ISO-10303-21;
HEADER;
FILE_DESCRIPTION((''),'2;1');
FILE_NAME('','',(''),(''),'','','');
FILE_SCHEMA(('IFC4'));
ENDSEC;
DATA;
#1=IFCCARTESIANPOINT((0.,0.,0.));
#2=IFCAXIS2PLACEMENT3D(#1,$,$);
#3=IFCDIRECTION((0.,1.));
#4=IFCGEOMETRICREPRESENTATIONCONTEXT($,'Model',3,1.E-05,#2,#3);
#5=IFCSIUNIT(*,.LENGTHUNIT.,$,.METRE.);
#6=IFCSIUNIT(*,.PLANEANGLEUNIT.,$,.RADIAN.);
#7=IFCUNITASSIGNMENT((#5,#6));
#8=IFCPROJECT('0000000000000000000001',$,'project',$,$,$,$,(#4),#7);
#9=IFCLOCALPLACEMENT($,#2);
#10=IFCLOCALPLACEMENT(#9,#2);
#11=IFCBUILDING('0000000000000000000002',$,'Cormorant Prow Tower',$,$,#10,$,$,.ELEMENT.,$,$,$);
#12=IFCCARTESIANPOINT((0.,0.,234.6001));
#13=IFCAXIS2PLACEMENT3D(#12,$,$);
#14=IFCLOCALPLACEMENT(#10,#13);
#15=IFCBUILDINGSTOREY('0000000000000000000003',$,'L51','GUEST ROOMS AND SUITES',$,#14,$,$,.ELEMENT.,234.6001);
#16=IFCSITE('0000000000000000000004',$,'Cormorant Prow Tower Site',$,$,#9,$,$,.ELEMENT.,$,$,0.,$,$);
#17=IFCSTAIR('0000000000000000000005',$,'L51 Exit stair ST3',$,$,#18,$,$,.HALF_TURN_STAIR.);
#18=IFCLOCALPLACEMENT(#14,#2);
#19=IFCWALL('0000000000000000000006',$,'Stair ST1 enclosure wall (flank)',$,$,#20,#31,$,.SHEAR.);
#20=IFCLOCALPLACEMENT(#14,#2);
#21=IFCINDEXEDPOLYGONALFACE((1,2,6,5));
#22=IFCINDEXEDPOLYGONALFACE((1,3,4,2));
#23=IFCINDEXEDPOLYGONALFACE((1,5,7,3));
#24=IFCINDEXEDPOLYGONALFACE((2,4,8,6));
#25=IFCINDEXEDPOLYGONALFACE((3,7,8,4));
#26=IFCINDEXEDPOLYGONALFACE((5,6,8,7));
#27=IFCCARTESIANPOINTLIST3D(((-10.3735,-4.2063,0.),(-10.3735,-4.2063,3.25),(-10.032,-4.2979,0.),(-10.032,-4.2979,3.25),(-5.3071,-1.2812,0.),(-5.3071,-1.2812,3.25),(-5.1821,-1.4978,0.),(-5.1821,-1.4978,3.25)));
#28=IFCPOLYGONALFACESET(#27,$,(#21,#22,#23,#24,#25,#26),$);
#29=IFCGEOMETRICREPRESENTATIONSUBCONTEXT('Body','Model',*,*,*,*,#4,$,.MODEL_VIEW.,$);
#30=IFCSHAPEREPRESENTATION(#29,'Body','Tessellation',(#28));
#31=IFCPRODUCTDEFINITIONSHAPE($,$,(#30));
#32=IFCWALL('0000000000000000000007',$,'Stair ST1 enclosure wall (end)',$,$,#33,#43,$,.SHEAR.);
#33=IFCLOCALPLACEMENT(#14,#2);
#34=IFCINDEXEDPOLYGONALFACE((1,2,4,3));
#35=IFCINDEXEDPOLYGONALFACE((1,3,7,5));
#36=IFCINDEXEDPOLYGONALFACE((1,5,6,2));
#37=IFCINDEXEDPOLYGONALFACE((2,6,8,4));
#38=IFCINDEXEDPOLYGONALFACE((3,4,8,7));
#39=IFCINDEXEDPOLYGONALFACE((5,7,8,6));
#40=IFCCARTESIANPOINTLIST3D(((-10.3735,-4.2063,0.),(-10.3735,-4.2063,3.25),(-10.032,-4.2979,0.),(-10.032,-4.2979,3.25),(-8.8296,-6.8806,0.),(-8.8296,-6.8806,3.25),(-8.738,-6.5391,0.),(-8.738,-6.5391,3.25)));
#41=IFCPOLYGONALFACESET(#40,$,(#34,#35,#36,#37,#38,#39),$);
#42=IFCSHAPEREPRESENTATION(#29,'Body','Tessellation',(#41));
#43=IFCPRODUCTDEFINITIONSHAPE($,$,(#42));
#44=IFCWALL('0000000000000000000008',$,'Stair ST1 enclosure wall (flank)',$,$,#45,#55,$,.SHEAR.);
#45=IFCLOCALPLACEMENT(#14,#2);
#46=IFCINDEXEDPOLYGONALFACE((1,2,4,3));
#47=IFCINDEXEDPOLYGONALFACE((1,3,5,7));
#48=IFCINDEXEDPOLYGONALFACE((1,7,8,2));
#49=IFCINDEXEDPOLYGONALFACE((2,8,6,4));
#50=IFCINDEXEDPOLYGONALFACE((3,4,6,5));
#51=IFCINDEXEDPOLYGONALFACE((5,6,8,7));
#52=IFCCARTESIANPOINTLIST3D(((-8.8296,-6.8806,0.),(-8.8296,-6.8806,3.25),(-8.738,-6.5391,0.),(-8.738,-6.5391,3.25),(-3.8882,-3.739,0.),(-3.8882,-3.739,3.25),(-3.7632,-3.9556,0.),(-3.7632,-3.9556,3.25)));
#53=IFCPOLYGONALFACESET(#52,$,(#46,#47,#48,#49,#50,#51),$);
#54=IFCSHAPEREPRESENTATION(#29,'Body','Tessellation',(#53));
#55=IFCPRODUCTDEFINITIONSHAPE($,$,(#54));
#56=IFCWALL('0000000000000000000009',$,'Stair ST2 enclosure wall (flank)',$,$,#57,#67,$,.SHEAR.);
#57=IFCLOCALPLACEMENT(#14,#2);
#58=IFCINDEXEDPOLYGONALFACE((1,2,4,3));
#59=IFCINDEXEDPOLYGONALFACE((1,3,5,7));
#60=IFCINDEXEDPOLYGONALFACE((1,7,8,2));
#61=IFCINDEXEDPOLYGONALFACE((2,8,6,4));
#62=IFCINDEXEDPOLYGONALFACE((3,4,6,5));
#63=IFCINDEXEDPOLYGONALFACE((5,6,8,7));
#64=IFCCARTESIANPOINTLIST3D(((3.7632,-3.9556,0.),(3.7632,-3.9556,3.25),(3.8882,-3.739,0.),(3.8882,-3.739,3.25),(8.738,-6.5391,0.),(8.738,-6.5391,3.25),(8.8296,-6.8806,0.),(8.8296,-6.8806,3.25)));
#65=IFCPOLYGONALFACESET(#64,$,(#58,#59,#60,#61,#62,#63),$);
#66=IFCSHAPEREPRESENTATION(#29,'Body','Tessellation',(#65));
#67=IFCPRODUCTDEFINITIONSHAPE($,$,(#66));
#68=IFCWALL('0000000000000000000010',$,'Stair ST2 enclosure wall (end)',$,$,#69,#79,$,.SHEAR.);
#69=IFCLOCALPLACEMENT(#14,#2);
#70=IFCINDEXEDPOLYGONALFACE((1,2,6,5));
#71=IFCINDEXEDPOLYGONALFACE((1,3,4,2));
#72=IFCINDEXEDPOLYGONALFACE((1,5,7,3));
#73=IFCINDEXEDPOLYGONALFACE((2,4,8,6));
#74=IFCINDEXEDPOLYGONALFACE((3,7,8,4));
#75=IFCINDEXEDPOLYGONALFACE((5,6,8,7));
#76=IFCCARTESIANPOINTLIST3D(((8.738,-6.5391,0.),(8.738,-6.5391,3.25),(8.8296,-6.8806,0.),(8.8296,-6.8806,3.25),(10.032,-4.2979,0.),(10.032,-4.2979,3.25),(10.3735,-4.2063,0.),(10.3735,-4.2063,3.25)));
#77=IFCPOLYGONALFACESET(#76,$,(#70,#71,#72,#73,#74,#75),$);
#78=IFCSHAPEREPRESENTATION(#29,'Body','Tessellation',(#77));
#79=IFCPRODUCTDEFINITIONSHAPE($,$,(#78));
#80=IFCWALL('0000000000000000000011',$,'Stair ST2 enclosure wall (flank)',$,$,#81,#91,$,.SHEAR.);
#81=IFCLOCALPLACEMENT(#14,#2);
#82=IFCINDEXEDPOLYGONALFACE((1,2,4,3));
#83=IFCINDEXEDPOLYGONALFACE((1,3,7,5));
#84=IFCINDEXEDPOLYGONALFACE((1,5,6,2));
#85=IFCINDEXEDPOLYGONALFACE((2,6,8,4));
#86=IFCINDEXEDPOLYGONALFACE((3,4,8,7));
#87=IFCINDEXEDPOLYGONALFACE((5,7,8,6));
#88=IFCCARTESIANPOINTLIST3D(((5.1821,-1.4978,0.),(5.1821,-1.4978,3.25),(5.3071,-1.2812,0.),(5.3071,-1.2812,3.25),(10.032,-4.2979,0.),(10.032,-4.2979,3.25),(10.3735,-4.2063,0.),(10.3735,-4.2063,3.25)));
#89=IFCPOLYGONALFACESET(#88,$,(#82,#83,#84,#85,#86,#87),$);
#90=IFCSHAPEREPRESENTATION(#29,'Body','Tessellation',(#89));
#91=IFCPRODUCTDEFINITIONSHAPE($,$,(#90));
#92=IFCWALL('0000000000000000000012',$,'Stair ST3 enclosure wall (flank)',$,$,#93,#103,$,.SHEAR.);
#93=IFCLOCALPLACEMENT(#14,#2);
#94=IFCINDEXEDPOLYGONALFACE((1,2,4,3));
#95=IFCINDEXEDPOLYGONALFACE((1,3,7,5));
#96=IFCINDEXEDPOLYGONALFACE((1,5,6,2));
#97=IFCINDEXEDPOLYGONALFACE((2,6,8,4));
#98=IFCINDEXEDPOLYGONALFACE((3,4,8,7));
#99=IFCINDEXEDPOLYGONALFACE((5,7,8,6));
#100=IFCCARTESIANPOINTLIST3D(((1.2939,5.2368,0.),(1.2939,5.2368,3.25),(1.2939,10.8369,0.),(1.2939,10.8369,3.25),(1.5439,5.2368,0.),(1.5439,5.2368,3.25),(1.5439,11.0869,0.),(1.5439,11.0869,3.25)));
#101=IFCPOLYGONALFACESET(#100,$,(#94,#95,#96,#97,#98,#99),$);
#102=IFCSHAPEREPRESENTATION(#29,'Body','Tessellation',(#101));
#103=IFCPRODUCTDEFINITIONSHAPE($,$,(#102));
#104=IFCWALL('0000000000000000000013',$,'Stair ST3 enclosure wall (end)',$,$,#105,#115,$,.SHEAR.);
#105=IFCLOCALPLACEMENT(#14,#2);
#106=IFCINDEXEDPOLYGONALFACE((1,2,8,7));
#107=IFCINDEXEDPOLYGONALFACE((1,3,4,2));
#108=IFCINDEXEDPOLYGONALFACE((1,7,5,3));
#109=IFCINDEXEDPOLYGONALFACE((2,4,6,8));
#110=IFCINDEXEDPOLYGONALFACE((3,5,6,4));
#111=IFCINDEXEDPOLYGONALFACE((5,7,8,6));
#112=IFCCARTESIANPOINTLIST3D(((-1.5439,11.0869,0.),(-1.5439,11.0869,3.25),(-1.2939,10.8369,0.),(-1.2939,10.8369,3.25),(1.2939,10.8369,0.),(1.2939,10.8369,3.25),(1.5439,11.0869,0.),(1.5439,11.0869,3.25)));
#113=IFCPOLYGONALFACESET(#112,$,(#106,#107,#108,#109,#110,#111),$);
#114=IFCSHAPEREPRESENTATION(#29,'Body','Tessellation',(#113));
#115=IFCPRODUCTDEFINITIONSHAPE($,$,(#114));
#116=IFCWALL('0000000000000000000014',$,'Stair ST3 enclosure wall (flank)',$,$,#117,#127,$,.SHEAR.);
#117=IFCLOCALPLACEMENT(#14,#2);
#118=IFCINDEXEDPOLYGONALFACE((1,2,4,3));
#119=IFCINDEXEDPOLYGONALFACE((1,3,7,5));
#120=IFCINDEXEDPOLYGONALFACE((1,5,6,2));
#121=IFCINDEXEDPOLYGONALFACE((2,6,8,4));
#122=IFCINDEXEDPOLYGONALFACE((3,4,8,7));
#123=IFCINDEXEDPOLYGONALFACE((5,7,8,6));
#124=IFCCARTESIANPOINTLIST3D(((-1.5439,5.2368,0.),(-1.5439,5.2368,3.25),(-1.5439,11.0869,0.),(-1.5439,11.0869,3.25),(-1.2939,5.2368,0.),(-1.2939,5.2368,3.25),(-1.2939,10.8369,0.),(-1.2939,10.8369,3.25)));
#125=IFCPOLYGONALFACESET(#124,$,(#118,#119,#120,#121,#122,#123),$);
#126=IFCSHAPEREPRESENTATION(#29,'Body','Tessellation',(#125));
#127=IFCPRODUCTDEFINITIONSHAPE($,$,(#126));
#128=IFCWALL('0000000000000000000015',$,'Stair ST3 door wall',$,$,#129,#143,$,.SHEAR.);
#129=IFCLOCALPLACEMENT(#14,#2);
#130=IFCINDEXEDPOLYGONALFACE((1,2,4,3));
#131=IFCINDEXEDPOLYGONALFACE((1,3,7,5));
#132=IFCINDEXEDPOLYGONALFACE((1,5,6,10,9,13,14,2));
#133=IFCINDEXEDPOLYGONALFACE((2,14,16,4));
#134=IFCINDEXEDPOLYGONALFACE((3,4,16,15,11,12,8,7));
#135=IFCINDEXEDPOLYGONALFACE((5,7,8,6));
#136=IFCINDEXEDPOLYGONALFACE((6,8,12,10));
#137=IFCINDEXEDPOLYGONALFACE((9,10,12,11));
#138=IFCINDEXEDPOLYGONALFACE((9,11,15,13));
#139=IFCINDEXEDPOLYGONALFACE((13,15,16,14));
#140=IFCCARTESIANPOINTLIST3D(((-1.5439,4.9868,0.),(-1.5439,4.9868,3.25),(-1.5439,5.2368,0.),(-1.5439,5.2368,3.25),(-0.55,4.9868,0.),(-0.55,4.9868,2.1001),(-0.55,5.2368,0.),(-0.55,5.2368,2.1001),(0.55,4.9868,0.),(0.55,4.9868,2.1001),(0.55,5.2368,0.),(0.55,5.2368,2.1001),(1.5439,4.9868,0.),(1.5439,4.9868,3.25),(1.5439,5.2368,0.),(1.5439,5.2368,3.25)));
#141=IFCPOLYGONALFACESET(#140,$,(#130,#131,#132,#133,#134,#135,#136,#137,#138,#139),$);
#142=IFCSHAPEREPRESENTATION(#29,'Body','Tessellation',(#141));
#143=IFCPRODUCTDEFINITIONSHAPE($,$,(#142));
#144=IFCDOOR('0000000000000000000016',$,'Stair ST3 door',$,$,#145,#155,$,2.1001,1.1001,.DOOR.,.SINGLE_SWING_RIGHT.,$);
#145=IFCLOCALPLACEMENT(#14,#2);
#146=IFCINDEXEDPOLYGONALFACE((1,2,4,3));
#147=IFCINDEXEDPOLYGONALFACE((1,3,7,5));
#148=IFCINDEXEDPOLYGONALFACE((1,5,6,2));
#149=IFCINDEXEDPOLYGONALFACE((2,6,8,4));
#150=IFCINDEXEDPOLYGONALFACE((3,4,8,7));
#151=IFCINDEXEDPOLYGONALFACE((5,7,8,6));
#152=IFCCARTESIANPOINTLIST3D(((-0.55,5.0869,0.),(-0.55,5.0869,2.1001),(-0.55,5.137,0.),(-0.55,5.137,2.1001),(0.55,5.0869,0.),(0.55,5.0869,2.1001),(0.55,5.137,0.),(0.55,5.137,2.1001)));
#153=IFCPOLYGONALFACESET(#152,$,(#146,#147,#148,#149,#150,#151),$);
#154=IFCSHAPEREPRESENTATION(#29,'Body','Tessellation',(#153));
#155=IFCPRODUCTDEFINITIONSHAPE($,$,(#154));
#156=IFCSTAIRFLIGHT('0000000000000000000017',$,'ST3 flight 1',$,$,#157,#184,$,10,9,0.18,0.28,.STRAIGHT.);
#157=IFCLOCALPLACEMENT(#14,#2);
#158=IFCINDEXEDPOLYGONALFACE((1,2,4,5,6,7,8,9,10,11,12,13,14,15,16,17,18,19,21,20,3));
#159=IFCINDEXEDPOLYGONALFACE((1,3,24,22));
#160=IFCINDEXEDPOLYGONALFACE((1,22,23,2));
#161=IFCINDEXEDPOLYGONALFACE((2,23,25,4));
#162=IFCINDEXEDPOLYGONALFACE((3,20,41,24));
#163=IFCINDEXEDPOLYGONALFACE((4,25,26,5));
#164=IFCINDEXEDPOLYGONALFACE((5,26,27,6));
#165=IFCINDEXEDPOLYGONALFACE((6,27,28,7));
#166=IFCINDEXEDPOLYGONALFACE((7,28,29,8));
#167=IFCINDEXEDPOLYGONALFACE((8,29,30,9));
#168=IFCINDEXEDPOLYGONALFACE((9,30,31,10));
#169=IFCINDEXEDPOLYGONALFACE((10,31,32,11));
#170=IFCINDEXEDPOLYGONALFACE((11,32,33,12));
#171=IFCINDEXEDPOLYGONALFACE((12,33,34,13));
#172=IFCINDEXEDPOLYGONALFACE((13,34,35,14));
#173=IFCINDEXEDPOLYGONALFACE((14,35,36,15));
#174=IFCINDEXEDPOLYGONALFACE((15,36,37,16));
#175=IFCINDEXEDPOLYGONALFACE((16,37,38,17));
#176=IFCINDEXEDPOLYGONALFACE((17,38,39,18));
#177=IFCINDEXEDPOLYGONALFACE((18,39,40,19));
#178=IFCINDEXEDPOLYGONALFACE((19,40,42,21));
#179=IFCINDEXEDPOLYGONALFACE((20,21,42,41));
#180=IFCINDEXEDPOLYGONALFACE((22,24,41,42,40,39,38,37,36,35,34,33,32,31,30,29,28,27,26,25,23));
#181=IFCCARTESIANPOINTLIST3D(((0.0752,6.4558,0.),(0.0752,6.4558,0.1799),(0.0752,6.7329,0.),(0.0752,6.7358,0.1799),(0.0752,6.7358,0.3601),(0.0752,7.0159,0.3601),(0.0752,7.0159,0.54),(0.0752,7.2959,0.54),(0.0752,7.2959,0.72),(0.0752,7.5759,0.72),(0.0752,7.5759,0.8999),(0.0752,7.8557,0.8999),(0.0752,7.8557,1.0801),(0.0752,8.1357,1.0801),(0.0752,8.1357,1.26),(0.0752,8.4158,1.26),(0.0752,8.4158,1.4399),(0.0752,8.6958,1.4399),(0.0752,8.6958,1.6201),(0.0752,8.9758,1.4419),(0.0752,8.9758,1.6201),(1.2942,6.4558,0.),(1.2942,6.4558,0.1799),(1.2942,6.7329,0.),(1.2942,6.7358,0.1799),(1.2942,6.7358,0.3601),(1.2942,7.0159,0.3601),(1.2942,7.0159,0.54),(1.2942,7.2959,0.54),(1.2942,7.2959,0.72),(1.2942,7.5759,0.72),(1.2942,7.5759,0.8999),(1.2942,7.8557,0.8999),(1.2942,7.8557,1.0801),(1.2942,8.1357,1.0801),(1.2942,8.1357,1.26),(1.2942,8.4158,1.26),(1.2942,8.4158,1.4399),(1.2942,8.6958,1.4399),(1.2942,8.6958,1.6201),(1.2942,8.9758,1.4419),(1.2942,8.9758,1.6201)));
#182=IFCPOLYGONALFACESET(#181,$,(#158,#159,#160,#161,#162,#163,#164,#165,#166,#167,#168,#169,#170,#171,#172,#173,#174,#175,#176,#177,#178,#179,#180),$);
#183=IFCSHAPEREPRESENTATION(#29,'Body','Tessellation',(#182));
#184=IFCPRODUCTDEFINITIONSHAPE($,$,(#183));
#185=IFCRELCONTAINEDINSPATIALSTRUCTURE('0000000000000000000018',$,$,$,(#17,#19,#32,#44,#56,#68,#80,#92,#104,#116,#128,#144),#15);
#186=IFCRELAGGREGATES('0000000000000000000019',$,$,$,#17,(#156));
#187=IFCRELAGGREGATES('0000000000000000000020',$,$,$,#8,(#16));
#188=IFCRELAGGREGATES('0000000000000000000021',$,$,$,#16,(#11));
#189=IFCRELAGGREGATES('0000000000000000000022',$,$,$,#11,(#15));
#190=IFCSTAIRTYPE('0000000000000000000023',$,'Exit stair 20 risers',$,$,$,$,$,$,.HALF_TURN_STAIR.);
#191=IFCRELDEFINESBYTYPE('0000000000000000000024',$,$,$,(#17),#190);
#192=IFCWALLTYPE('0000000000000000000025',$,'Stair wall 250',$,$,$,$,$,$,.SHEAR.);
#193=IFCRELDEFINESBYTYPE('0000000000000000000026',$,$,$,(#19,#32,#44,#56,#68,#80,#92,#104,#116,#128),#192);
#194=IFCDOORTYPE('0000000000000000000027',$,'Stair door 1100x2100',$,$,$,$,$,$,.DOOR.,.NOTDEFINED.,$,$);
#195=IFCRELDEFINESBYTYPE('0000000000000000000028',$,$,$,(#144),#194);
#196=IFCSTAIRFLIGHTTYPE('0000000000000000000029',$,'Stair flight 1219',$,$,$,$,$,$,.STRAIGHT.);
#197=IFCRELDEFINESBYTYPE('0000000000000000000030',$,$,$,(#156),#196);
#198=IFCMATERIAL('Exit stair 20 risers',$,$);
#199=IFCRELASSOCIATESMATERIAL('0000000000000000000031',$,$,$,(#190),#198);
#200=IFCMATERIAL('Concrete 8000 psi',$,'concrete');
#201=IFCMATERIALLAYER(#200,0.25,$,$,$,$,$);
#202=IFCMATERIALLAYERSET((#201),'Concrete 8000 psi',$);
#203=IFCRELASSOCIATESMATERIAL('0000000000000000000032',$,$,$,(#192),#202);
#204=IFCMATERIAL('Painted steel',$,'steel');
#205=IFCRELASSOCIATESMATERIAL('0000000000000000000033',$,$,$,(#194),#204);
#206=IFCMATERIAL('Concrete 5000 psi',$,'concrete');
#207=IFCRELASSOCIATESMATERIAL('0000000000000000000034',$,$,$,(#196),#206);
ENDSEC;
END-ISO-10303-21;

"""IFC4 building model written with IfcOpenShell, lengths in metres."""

from ifc_helpers import new_model, si_unit, direction, frame, frame_2d, origin, place, context, subcontext, project, spatial, polyline, rectangle, outline, extrude, material, layer, layer_set, type_object, element, fill, aggregate, save


model = new_model("IFC4")

# Units and contexts
model_context = context("Model", 3, precision=1e-05, world=origin(), true_north=direction((0.0, 1.0)))
body_context = subcontext(model_context, "Body", "Model", "MODEL_VIEW")
ifc_project = project(units=[si_unit("LENGTHUNIT", "METRE"), si_unit("PLANEANGLEUNIT", "RADIAN")], contexts=[model_context])

# Site, building, storey
site_placement = place(None, origin())
site = spatial("IfcSite", under=ifc_project, at=site_placement, Name="Cormorant Prow Tower Site", CompositionType="ELEMENT", RefElevation=0.0)
building_placement = place(site_placement, origin())
building = spatial("IfcBuilding", under=site, at=building_placement, Name="Cormorant Prow Tower", CompositionType="ELEMENT")
storey_placement = place(building_placement, frame((0.0, 0.0, 234.6001)))
storey = spatial("IfcBuildingStorey", under=building, at=storey_placement, Name="L51", Description="GUEST ROOMS AND SUITES", CompositionType="ELEMENT", Elevation=234.6001)

# Stair
ifc_material_1 = material(Name="Exit stair 20 risers")
stair_type = type_object("IfcStairType", Name="Exit stair 20 risers", PredefinedType="HALF_TURN_STAIR", material=ifc_material_1)
stair_1_placement = place(storey_placement, origin())
stair_1 = element("IfcStair", 1, at=stair_1_placement, inside=storey, type_object=stair_type, Name="L51 Exit stair ST3", PredefinedType="HALF_TURN_STAIR")

# Walls
ifc_material_2 = material(Name="Concrete 8000 psi", Category="concrete")
ifc_layer_1 = layer(ifc_material_2, 0.25)
ifc_layer_set_1 = layer_set([ifc_layer_1], Name="Concrete 8000 psi")
wall_type_1 = type_object("IfcWallType", Name="Stair wall 250", PredefinedType="SHEAR", material=ifc_layer_set_1)
wall_1_placement = place(storey_placement, origin())
element("IfcWall", 2, at=wall_1_placement, inside=storey, type_object=wall_type_1, Name="Stair ST1 enclosure wall (flank)", PredefinedType="SHEAR", context=body_context, shape_type="SweptSolid", body=[
    extrude(outline(polyline([(-5.3071, -1.2812), (-10.3735, -4.2063), (-10.032, -4.2979), (-5.1821, -1.4978), (-5.3071, -1.2812)])), origin(), (0.0, 0.0, 1.0), 3.25),
])
wall_2_placement = place(storey_placement, origin())
element("IfcWall", 3, at=wall_2_placement, inside=storey, type_object=wall_type_1, Name="Stair ST1 enclosure wall (end)", PredefinedType="SHEAR", context=body_context, shape_type="SweptSolid", body=[
    extrude(outline(polyline([(-10.3735, -4.2063), (-8.8296, -6.8806), (-8.738, -6.5391), (-10.032, -4.2979), (-10.3735, -4.2063)])), origin(), (0.0, 0.0, 1.0), 3.25),
])
wall_3_placement = place(storey_placement, origin())
element("IfcWall", 4, at=wall_3_placement, inside=storey, type_object=wall_type_1, Name="Stair ST1 enclosure wall (flank)", PredefinedType="SHEAR", context=body_context, shape_type="SweptSolid", body=[
    extrude(outline(polyline([(-8.738, -6.5391), (-8.8296, -6.8806), (-3.7632, -3.9556), (-3.8882, -3.739), (-8.738, -6.5391)])), origin(), (0.0, 0.0, 1.0), 3.25),
])
wall_4_placement = place(storey_placement, origin())
element("IfcWall", 5, at=wall_4_placement, inside=storey, type_object=wall_type_1, Name="Stair ST2 enclosure wall (flank)", PredefinedType="SHEAR", context=body_context, shape_type="SweptSolid", body=[
    extrude(outline(polyline([(3.7632, -3.9556), (8.8296, -6.8806), (8.738, -6.5391), (3.8882, -3.739), (3.7632, -3.9556)])), origin(), (0.0, 0.0, 1.0), 3.25),
])
wall_5_placement = place(storey_placement, origin())
element("IfcWall", 6, at=wall_5_placement, inside=storey, type_object=wall_type_1, Name="Stair ST2 enclosure wall (end)", PredefinedType="SHEAR", context=body_context, shape_type="SweptSolid", body=[
    extrude(outline(polyline([(8.8296, -6.8806), (10.3735, -4.2063), (10.032, -4.2979), (8.738, -6.5391), (8.8296, -6.8806)])), origin(), (0.0, 0.0, 1.0), 3.25),
])
wall_6_placement = place(storey_placement, origin())
element("IfcWall", 7, at=wall_6_placement, inside=storey, type_object=wall_type_1, Name="Stair ST2 enclosure wall (flank)", PredefinedType="SHEAR", context=body_context, shape_type="SweptSolid", body=[
    extrude(outline(polyline([(10.032, -4.2979), (10.3735, -4.2063), (5.3071, -1.2812), (5.1821, -1.4978), (10.032, -4.2979)])), origin(), (0.0, 0.0, 1.0), 3.25),
])
wall_7_placement = place(storey_placement, origin())
element("IfcWall", 8, at=wall_7_placement, inside=storey, type_object=wall_type_1, Name="Stair ST3 enclosure wall (flank)", PredefinedType="SHEAR", context=body_context, shape_type="SweptSolid", body=[
    extrude(outline(polyline([(1.5439, 5.2368), (1.5439, 11.0869), (1.2939, 10.8369), (1.2939, 5.2368), (1.5439, 5.2368)])), origin(), (0.0, 0.0, 1.0), 3.25),
])
wall_8_placement = place(storey_placement, origin())
element("IfcWall", 9, at=wall_8_placement, inside=storey, type_object=wall_type_1, Name="Stair ST3 enclosure wall (end)", PredefinedType="SHEAR", context=body_context, shape_type="SweptSolid", body=[
    extrude(outline(polyline([(1.5439, 11.0869), (-1.5439, 11.0869), (-1.2939, 10.8369), (1.2939, 10.8369), (1.5439, 11.0869)])), origin(), (0.0, 0.0, 1.0), 3.25),
])
wall_9_placement = place(storey_placement, origin())
element("IfcWall", 10, at=wall_9_placement, inside=storey, type_object=wall_type_1, Name="Stair ST3 enclosure wall (flank)", PredefinedType="SHEAR", context=body_context, shape_type="SweptSolid", body=[
    extrude(outline(polyline([(-1.2939, 10.8369), (-1.5439, 11.0869), (-1.5439, 5.2368), (-1.2939, 5.2368), (-1.2939, 10.8369)])), origin(), (0.0, 0.0, 1.0), 3.25),
])

# Wall, opening, door
wall_10_placement = place(storey_placement, frame((1.5439, 5.1118, 0.0), z_axis=(0.0, 0.0, 1.0), x_axis=(-1.0, 0.0, 0.0)))
wall_10 = element("IfcWall", 11, at=wall_10_placement, inside=storey, type_object=wall_type_1, Name="Stair ST3 door wall", PredefinedType="SHEAR", context=body_context, shape_type="SweptSolid", body=[
    extrude(rectangle(XDim=3.0879, YDim=0.25, at=frame_2d((1.5439, 0.0))), origin(), (0.0, 0.0, 1.0), 3.25),
])
opening_1_placement = place(wall_10_placement, frame((0.9939, 0.0, 0.0)))
opening_1 = element("IfcOpeningElement", 12, at=opening_1_placement, cuts=wall_10, PredefinedType="OPENING", context=body_context, shape_type="SweptSolid", body=[
    extrude(rectangle(XDim=1.1001, YDim=2.1001, at=frame_2d((0.55, 1.05))), frame((0.0, 0.135, 0.0), z_axis=(0.0, -1.0, 0.0), x_axis=(1.0, 0.0, 0.0)), (0.0, 0.0, 1.0), 0.27),
])
ifc_material_3 = material(Name="Painted steel", Category="steel")
door_type_1 = type_object("IfcDoorType", Name="Stair door 1100x2100", OperationType="NOTDEFINED", PredefinedType="DOOR", material=ifc_material_3)
door_1_placement = place(opening_1_placement, origin())
door_1 = element("IfcDoor", 13, at=door_1_placement, inside=storey, type_object=door_type_1, Name="Stair ST3 door", OperationType="SINGLE_SWING_RIGHT", OverallHeight=2.1001, OverallWidth=1.1001, PredefinedType="DOOR", context=body_context, shape_type="SweptSolid", body=[
    extrude(rectangle(XDim=1.1001, YDim=2.1001, at=frame_2d((0.55, 1.05))), frame((0.0, 0.0249, 0.0), z_axis=(0.0, -1.0, 0.0), x_axis=(1.0, 0.0, 0.0)), (0.0, 0.0, 1.0), 0.05),
])
fill(opening_1, door_1)

# Stair flight
ifc_material_4 = material(Name="Concrete 5000 psi", Category="concrete")
stair_flight_type = type_object("IfcStairFlightType", Name="Stair flight 1219", PredefinedType="STRAIGHT", material=ifc_material_4)
stair_flight_placement = place(storey_placement, frame((0.6846, 6.4558, 0.0), z_axis=(0.0, 0.0, 1.0), x_axis=(0.0, 1.0, 0.0)))
stair_flight = element("IfcStairFlight", 14, at=stair_flight_placement, type_object=stair_flight_type, Name="ST3 flight 1", NumberOfRisers=10, NumberOfTreads=9, PredefinedType="STRAIGHT", RiserHeight=0.18, TreadLength=0.28, context=body_context, shape_type="SweptSolid", body=[
    extrude(outline(polyline([(0.0, 0.0), (0.0, 0.1799), (0.28, 0.1799), (0.28, 0.3601), (0.5601, 0.3601), (0.5601, 0.54), (0.8401, 0.54), (0.8401, 0.72), (1.1201, 0.72), (1.1201, 0.8999), (1.3999, 0.8999), (1.3999, 1.0801), (1.6799, 1.0801), (1.6799, 1.26), (1.96, 1.26), (1.96, 1.4399), (2.24, 1.4399), (2.24, 1.6201), (2.52, 1.6201), (2.52, 1.8), (2.52, 1.4419), (0.2771, 0.0), (0.0, 0.0)])), frame((0.0, 0.6094, 0.0), z_axis=(0.0, -1.0, 0.0), x_axis=(1.0, 0.0, 0.0)), (0.0, 0.0, 1.0), 1.219),
])
aggregate(stair_1, [stair_flight])

save(model, "model.ifc")
